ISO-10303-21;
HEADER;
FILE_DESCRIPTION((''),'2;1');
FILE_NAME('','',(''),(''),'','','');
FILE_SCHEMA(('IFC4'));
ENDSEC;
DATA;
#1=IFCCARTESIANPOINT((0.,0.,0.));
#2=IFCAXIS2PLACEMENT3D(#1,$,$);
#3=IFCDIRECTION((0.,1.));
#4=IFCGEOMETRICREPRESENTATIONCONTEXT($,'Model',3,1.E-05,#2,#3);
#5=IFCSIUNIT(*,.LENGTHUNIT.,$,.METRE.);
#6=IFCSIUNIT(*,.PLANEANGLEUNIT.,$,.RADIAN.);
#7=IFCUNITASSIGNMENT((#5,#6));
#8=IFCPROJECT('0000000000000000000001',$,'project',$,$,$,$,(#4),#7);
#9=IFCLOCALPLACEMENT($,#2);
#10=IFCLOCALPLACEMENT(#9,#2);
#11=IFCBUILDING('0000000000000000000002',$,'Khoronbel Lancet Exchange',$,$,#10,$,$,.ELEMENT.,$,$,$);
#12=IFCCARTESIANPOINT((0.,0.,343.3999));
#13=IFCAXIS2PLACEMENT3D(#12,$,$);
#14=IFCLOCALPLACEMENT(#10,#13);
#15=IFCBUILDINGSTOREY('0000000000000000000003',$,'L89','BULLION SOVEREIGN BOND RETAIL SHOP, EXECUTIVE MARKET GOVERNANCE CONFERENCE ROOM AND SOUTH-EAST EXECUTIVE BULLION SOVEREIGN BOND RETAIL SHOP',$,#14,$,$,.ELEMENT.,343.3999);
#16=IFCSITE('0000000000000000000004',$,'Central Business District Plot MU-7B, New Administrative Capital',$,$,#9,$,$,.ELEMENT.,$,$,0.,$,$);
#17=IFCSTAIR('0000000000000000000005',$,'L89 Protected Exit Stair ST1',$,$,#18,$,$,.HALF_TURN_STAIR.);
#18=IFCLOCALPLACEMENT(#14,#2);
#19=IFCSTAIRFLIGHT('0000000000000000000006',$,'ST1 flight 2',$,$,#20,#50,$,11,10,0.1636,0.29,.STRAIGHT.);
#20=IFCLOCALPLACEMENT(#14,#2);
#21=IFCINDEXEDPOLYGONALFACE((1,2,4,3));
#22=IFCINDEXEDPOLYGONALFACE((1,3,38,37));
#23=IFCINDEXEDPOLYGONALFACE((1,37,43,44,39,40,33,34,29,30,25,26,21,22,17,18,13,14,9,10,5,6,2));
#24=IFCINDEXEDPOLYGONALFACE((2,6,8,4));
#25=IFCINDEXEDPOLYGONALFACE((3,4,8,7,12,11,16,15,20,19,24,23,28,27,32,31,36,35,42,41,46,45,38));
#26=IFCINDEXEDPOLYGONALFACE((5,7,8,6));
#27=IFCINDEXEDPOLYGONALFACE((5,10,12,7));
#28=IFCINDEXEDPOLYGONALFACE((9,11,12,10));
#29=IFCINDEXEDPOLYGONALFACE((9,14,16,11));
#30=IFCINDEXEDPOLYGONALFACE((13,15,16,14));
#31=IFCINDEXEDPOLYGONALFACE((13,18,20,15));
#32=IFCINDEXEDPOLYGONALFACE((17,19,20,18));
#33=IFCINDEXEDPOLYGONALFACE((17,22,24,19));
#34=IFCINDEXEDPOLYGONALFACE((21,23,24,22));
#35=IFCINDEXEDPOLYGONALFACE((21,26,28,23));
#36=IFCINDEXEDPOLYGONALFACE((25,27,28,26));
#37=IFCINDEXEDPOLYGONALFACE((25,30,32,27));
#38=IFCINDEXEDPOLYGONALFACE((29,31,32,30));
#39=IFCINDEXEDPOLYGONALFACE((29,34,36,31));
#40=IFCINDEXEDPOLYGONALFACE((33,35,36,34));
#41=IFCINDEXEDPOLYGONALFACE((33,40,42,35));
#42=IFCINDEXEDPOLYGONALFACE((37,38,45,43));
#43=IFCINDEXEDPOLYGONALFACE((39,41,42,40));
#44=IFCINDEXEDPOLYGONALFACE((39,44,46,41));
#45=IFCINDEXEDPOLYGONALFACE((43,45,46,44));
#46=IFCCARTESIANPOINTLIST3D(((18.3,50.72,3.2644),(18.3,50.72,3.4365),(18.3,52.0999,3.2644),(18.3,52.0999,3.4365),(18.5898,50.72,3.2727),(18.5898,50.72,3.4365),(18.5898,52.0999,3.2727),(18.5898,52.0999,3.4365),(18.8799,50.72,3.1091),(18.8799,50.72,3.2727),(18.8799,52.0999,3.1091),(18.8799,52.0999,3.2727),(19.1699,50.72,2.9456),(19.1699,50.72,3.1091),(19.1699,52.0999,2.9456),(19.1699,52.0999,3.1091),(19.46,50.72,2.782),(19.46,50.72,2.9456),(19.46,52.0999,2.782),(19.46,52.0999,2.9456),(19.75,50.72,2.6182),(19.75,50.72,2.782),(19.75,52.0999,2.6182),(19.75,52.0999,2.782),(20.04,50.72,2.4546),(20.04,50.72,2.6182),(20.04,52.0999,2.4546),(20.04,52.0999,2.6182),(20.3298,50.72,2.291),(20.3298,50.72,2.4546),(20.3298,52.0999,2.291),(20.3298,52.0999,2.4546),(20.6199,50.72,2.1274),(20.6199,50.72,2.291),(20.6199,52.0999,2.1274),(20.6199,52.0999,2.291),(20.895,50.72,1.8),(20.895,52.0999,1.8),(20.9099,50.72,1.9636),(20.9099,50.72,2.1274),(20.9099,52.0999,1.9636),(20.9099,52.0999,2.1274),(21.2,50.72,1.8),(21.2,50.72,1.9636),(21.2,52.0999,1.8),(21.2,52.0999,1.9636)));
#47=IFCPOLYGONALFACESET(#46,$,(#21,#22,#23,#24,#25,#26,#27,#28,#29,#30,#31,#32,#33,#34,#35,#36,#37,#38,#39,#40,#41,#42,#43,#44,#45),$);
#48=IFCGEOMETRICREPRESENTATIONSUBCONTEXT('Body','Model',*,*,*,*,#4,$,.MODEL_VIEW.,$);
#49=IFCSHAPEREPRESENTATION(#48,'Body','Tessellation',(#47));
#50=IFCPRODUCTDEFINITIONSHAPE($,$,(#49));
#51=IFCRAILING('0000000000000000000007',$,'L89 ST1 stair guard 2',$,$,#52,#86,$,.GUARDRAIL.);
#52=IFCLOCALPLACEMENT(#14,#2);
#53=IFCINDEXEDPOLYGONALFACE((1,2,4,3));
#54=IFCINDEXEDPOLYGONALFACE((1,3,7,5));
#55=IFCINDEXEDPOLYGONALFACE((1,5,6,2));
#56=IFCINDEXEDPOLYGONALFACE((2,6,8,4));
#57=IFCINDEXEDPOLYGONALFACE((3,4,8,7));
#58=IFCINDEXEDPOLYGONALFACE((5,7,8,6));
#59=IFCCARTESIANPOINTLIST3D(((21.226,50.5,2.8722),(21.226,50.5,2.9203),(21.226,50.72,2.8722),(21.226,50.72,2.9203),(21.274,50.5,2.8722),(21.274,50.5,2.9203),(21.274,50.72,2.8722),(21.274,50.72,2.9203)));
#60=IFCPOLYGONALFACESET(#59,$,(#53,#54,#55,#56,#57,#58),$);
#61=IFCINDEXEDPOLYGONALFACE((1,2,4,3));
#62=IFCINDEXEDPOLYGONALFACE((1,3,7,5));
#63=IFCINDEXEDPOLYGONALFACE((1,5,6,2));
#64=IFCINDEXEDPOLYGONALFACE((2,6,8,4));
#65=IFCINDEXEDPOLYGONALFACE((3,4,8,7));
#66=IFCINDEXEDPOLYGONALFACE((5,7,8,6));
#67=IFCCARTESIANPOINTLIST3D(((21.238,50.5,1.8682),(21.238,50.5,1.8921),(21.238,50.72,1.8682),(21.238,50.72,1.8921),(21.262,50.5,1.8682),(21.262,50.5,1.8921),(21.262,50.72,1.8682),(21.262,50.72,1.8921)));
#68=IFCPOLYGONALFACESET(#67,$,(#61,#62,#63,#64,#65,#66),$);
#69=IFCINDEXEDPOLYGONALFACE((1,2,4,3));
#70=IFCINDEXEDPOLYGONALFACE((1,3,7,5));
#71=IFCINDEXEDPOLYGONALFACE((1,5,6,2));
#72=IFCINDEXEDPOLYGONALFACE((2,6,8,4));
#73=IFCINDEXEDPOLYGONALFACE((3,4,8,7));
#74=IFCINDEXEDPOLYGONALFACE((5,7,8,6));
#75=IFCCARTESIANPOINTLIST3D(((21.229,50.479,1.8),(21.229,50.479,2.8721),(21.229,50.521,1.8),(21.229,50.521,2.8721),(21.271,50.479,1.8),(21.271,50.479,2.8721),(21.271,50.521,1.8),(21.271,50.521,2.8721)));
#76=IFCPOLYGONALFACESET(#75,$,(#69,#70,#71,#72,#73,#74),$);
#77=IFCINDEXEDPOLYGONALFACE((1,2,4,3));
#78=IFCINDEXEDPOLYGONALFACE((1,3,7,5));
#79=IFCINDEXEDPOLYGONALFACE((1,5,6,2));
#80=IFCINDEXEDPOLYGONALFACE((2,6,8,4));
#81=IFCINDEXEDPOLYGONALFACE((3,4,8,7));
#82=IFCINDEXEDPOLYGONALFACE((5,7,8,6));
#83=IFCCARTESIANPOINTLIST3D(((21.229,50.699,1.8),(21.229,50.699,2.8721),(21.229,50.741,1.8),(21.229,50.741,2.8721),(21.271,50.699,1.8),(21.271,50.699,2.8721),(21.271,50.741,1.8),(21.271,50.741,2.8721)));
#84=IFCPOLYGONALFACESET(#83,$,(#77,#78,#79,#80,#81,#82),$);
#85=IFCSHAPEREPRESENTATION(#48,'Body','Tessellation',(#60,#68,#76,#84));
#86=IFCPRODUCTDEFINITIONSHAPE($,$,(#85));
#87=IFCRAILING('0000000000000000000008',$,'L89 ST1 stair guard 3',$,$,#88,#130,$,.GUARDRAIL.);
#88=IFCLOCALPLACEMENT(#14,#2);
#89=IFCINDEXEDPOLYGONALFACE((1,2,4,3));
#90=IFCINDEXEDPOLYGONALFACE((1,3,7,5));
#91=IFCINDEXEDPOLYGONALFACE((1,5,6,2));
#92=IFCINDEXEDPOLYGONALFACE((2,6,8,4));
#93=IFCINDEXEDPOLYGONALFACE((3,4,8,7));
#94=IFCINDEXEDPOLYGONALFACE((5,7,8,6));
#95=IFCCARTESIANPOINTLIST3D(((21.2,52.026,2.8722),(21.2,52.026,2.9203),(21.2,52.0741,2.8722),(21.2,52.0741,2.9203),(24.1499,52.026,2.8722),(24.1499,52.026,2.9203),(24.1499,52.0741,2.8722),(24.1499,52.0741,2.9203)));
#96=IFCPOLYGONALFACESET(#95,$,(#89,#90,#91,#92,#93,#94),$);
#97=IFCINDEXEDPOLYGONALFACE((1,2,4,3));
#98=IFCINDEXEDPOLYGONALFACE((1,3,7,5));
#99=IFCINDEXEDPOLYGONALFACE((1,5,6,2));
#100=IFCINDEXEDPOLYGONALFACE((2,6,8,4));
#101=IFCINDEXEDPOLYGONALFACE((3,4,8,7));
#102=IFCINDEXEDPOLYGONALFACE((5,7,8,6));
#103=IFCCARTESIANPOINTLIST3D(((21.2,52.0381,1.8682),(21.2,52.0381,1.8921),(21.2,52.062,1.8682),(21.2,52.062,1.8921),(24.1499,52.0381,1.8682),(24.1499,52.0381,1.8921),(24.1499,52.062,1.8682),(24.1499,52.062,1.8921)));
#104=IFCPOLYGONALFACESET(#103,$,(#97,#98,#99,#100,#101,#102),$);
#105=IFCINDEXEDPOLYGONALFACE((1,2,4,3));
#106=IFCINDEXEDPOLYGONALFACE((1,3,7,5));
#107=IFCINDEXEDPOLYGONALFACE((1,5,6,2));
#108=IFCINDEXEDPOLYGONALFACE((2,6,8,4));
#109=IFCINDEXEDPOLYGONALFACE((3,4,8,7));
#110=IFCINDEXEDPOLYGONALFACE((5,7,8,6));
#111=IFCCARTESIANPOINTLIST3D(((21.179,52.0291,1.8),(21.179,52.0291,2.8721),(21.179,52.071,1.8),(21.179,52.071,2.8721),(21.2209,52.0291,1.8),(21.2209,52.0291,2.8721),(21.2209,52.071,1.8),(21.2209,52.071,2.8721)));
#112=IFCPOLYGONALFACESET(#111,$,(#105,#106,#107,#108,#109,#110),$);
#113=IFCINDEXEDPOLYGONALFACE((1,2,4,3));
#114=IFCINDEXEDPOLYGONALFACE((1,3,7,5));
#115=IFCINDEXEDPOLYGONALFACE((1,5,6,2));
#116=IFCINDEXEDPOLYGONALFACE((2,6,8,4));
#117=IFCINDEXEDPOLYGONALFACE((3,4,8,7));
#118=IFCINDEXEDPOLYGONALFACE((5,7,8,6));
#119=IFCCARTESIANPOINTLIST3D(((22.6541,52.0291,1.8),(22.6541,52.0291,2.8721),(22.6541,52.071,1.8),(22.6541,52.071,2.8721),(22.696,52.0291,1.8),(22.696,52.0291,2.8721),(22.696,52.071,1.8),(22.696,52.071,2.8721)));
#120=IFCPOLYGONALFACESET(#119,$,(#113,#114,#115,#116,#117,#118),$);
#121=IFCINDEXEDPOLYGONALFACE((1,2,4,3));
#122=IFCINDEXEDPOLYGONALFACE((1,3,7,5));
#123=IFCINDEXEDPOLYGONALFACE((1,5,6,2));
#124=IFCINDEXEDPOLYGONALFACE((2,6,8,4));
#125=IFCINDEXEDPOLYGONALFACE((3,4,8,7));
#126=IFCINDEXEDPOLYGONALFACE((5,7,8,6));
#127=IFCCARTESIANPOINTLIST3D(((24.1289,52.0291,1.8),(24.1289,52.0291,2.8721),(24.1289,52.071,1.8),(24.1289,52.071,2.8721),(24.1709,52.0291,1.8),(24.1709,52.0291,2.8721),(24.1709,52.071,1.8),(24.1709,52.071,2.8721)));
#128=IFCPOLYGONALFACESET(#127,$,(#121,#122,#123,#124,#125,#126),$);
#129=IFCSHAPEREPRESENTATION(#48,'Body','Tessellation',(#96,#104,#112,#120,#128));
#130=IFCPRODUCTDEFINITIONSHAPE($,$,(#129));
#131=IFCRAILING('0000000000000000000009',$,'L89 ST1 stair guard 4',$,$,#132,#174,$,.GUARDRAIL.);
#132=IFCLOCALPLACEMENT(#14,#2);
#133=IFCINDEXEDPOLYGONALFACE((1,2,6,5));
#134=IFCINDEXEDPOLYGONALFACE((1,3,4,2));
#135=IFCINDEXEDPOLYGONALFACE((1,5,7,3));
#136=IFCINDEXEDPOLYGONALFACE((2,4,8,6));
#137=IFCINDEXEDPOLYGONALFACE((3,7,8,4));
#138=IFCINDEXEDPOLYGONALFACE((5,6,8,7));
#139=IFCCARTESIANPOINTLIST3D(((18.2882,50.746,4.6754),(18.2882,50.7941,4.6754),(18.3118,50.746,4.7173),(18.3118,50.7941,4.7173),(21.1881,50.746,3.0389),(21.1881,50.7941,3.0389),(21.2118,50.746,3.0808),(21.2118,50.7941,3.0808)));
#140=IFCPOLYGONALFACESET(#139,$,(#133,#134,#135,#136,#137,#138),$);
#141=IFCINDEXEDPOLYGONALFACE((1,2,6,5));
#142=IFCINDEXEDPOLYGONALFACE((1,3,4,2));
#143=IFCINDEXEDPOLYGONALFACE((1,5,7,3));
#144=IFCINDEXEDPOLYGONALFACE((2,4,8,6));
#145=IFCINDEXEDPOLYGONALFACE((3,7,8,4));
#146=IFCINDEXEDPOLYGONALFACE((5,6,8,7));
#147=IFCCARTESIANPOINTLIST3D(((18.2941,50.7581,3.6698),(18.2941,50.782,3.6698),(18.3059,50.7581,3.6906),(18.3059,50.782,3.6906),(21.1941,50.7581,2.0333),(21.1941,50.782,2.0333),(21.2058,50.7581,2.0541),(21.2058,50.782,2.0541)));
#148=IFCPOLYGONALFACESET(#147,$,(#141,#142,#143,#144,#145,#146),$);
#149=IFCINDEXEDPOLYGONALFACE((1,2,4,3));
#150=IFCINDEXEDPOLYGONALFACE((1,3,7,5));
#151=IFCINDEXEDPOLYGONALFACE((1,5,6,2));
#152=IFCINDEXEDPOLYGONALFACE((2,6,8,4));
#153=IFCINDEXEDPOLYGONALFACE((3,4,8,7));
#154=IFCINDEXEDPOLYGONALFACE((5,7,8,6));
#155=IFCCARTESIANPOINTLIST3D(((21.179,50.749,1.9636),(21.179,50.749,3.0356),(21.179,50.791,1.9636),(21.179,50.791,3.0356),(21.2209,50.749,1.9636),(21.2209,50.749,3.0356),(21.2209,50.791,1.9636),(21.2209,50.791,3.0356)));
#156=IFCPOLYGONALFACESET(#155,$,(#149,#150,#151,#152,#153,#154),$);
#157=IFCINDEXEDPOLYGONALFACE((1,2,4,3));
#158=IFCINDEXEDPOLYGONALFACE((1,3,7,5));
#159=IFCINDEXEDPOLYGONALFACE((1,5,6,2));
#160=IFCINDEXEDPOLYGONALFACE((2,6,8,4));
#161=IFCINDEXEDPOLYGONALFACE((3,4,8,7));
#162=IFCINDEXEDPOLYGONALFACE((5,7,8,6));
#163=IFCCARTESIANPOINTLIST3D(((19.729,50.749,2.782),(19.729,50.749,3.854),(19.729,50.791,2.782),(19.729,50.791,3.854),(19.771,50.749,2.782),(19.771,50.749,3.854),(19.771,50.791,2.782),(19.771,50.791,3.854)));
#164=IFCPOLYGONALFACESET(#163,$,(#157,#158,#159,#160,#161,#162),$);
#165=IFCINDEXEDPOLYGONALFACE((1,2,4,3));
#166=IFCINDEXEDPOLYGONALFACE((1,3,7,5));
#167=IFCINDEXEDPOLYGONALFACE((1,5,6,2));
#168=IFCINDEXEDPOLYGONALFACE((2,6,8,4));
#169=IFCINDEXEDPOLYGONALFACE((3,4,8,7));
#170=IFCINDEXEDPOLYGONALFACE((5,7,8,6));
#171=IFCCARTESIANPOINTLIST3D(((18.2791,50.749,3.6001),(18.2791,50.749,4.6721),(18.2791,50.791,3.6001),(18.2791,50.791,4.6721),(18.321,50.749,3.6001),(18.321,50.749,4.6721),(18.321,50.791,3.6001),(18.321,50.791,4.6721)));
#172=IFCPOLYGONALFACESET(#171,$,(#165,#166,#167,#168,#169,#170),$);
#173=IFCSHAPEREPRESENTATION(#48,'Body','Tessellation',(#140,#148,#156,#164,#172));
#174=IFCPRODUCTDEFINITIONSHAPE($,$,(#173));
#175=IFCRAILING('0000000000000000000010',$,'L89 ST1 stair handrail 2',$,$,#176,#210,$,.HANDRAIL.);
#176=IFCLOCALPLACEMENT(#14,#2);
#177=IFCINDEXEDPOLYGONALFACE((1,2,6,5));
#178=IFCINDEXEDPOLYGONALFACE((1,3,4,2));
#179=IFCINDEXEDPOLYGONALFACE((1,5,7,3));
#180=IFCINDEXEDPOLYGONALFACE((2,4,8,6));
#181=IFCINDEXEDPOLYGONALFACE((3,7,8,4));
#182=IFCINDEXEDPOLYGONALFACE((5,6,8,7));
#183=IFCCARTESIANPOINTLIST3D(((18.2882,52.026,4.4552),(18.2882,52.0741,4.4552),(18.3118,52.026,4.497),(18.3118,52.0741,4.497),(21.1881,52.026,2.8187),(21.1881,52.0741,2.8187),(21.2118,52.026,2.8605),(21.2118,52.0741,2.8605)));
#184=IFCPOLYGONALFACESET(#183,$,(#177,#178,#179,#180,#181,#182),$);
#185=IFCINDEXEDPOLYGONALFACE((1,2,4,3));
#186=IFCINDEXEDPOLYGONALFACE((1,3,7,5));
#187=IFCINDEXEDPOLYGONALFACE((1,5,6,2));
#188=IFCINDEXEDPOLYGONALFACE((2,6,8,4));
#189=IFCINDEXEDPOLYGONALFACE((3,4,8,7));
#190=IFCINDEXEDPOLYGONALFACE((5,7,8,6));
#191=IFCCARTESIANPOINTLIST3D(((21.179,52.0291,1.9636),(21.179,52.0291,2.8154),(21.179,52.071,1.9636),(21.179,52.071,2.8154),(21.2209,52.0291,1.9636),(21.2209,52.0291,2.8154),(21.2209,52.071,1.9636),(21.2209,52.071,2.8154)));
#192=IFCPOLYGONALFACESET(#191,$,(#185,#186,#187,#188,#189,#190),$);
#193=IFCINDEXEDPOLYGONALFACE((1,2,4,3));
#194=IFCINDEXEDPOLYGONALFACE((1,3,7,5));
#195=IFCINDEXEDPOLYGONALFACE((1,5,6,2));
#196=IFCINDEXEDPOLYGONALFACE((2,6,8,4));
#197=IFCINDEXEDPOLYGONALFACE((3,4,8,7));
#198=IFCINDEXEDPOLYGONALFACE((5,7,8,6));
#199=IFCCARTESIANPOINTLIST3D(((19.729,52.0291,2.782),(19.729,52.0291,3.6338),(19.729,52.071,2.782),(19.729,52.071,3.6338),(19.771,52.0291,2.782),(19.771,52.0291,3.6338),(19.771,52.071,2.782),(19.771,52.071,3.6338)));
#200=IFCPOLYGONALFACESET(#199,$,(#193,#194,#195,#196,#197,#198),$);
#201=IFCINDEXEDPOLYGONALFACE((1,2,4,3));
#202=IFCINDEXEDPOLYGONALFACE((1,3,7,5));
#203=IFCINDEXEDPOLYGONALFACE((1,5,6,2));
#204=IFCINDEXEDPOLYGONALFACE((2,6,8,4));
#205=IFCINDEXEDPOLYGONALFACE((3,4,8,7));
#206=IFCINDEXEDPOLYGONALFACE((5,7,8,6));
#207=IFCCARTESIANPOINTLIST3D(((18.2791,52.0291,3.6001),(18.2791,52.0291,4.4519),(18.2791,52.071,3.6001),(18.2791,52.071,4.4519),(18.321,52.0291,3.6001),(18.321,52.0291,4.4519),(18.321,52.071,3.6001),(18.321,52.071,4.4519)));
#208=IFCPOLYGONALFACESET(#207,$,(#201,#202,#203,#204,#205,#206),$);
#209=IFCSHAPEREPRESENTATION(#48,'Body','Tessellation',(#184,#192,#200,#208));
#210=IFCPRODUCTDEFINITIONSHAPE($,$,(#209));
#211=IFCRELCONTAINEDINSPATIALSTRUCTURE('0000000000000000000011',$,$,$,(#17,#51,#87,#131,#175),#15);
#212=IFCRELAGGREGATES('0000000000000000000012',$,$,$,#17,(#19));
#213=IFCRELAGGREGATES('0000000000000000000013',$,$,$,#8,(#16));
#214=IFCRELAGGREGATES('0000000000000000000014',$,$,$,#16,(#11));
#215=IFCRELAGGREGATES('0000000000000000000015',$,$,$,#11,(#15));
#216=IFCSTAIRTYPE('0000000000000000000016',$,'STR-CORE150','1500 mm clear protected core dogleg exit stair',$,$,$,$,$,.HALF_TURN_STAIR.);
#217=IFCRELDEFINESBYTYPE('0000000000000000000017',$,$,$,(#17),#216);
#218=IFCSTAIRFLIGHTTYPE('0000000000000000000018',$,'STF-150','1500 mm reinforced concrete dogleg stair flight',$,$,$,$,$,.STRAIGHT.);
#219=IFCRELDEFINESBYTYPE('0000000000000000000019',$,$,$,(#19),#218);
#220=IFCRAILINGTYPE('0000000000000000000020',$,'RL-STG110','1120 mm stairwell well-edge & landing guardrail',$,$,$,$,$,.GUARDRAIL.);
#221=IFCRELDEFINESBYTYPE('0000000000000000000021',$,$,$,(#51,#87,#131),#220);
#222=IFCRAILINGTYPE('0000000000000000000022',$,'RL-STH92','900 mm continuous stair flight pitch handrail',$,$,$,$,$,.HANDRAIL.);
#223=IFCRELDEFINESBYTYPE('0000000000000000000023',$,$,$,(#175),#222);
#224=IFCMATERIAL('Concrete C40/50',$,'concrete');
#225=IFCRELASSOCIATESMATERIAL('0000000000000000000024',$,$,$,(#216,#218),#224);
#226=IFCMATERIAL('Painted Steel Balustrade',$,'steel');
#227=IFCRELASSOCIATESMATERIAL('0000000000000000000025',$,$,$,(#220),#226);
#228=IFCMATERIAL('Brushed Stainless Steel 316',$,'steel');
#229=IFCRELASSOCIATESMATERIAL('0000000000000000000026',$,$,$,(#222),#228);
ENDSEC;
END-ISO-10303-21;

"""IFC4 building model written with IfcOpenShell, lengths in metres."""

from ifc_helpers import new_model, si_unit, direction, frame, origin, origin_2d, place, context, subcontext, project, spatial, polyline, rectangle, outline, extrude, material, type_object, element, aggregate, save


model = new_model("IFC4")

# Units and contexts
model_context = context("Model", 3, precision=1e-05, world=origin(), true_north=direction((0.0, 1.0)))
body_context = subcontext(model_context, "Body", "Model", "MODEL_VIEW")
ifc_project = project(units=[si_unit("LENGTHUNIT", "METRE"), si_unit("PLANEANGLEUNIT", "RADIAN")], contexts=[model_context])

# Site, building, storey
site_placement = place(None, origin())
site = spatial("IfcSite", under=ifc_project, at=site_placement, Name="Central Business District Plot MU-7B, New Administrative Capital", CompositionType="ELEMENT", RefElevation=0.0)
building_placement = place(site_placement, origin())
building = spatial("IfcBuilding", under=site, at=building_placement, Name="Khoronbel Lancet Exchange", CompositionType="ELEMENT")
storey_placement = place(building_placement, frame((0.0, 0.0, 343.3999)))
storey = spatial("IfcBuildingStorey", under=building, at=storey_placement, Name="L89", Description="BULLION SOVEREIGN BOND RETAIL SHOP, EXECUTIVE MARKET GOVERNANCE CONFERENCE ROOM AND SOUTH-EAST EXECUTIVE BULLION SOVEREIGN BOND RETAIL SHOP", CompositionType="ELEMENT", Elevation=343.3999)

# Stair, stair flight
ifc_material_1 = material(Name="Concrete C40/50", Category="concrete")
stair_type = type_object("IfcStairType", Name="STR-CORE150", Description="1500 mm clear protected core dogleg exit stair", PredefinedType="HALF_TURN_STAIR", material=ifc_material_1)
stair_placement = place(storey_placement, origin())
stair = element("IfcStair", 1, at=stair_placement, inside=storey, type_object=stair_type, Name="L89 Protected Exit Stair ST1", PredefinedType="HALF_TURN_STAIR")
stair_flight_type = type_object("IfcStairFlightType", Name="STF-150", Description="1500 mm reinforced concrete dogleg stair flight", PredefinedType="STRAIGHT", material=ifc_material_1)
stair_flight_placement = place(storey_placement, frame((21.2, 51.4099, 1.8), z_axis=(0.0, 0.0, 1.0), x_axis=(-1.0, 0.0, 0.0)))
stair_flight = element("IfcStairFlight", 2, at=stair_flight_placement, type_object=stair_flight_type, Name="ST1 flight 2", NumberOfRisers=11, NumberOfTreads=10, PredefinedType="STRAIGHT", RiserHeight=0.1636, TreadLength=0.29, context=body_context, shape_type="SweptSolid", body=[
    extrude(outline(polyline([(0.0, 0.0), (0.0, 0.1636), (0.29, 0.1636), (0.29, 0.3274), (0.5801, 0.3274), (0.5801, 0.491), (0.8701, 0.491), (0.8701, 0.6545), (1.1599, 0.6545), (1.1599, 0.8181), (1.45, 0.8181), (1.45, 0.9819), (1.74, 0.9819), (1.74, 1.1455), (2.03, 1.1455), (2.03, 1.3091), (2.3201, 1.3091), (2.3201, 1.4727), (2.6101, 1.4727), (2.6101, 1.6365), (2.8999, 1.6365), (2.8999, 1.8), (2.8999, 1.4644), (0.3049, 0.0), (0.0, 0.0)])), frame((0.0, 0.6899, 0.0), z_axis=(0.0, -1.0, 0.0), x_axis=(1.0, 0.0, 0.0)), (0.0, 0.0, 1.0), 1.3799),
])
aggregate(stair, [stair_flight])

# Railings
ifc_material_2 = material(Name="Painted Steel Balustrade", Category="steel")
railing_type_1 = type_object("IfcRailingType", Name="RL-STG110", Description="1120 mm stairwell well-edge & landing guardrail", PredefinedType="GUARDRAIL", material=ifc_material_2)
railing_1_placement = place(storey_placement, frame((21.25, 50.5, 1.8)))
element("IfcRailing", 3, at=railing_1_placement, inside=storey, type_object=railing_type_1, Name="L89 ST1 stair guard 2", PredefinedType="GUARDRAIL", context=body_context, shape_type="SweptSolid", body=[
    extrude(rectangle(XDim=0.0481, YDim=0.0481, at=origin_2d()), frame((0.0, 0.0, 1.0962), z_axis=(0.0, 1.0, 0.0), x_axis=(-1.0, 0.0, 0.0)), (0.0, 0.0, 1.0), 0.22),
    extrude(rectangle(XDim=0.0239, YDim=0.0239, at=origin_2d()), frame((0.0, 0.0, 0.0801), z_axis=(0.0, 1.0, 0.0), x_axis=(-1.0, 0.0, 0.0)), (0.0, 0.0, 1.0), 0.22),
    extrude(rectangle(XDim=0.042, YDim=0.042, at=origin_2d()), origin(), (0.0, 0.0, 1.0), 1.072),
    extrude(rectangle(XDim=0.042, YDim=0.042, at=origin_2d()), frame((0.0, 0.22, 0.0)), (0.0, 0.0, 1.0), 1.072),
])
railing_2_placement = place(storey_placement, frame((21.2, 52.05, 1.8)))
element("IfcRailing", 4, at=railing_2_placement, inside=storey, type_object=railing_type_1, Name="L89 ST1 stair guard 3", PredefinedType="GUARDRAIL", context=body_context, shape_type="SweptSolid", body=[
    extrude(rectangle(XDim=0.0481, YDim=0.0481, at=origin_2d()), frame((0.0, 0.0, 1.0962), z_axis=(1.0, 0.0, 0.0), x_axis=(0.0, 1.0, 0.0)), (0.0, 0.0, 1.0), 2.95),
    extrude(rectangle(XDim=0.0239, YDim=0.0239, at=origin_2d()), frame((0.0, 0.0, 0.0801), z_axis=(1.0, 0.0, 0.0), x_axis=(0.0, 1.0, 0.0)), (0.0, 0.0, 1.0), 2.95),
    extrude(rectangle(XDim=0.042, YDim=0.042, at=origin_2d()), origin(), (0.0, 0.0, 1.0), 1.072),
    extrude(rectangle(XDim=0.042, YDim=0.042, at=origin_2d()), frame((1.4751, 0.0, 0.0)), (0.0, 0.0, 1.0), 1.072),
    extrude(rectangle(XDim=0.042, YDim=0.042, at=origin_2d()), frame((2.95, 0.0, 0.0)), (0.0, 0.0, 1.0), 1.072),
])
railing_3_placement = place(storey_placement, frame((21.2, 50.77, 1.9636)))
element("IfcRailing", 5, at=railing_3_placement, inside=storey, type_object=railing_type_1, Name="L89 ST1 stair guard 4", PredefinedType="GUARDRAIL", context=body_context, shape_type="SweptSolid", body=[
    extrude(rectangle(XDim=0.0481, YDim=0.0481, at=origin_2d()), frame((0.0, 0.0, 1.0962), z_axis=(-0.870897, 0.0, 0.491465), x_axis=(0.0, -1.0, 0.0)), (0.0, 0.0, 1.0), 3.3298),
    extrude(rectangle(XDim=0.0239, YDim=0.0239, at=origin_2d()), frame((0.0, 0.0, 0.0801), z_axis=(-0.870897, 0.0, 0.491465), x_axis=(0.0, -1.0, 0.0)), (0.0, 0.0, 1.0), 3.3298),
    extrude(rectangle(XDim=0.042, YDim=0.042, at=origin_2d()), origin(), (0.0, 0.0, 1.0), 1.072),
    extrude(rectangle(XDim=0.042, YDim=0.042, at=origin_2d()), frame((-1.45, 0.0, 0.8184)), (0.0, 0.0, 1.0), 1.072),
    extrude(rectangle(XDim=0.042, YDim=0.042, at=origin_2d()), frame((-2.8999, 0.0, 1.6365)), (0.0, 0.0, 1.0), 1.072),
])
ifc_material_3 = material(Name="Brushed Stainless Steel 316", Category="steel")
railing_type_2 = type_object("IfcRailingType", Name="RL-STH92", Description="900 mm continuous stair flight pitch handrail", PredefinedType="HANDRAIL", material=ifc_material_3)
railing_4_placement = place(storey_placement, frame((21.2, 52.05, 1.9636)))
element("IfcRailing", 6, at=railing_4_placement, inside=storey, type_object=railing_type_2, Name="L89 ST1 stair handrail 2", PredefinedType="HANDRAIL", context=body_context, shape_type="SweptSolid", body=[
    extrude(rectangle(XDim=0.0481, YDim=0.0481, at=origin_2d()), frame((0.0, 0.0, 0.876), z_axis=(-0.870897, 0.0, 0.491465), x_axis=(0.0, -1.0, 0.0)), (0.0, 0.0, 1.0), 3.3298),
    extrude(rectangle(XDim=0.042, YDim=0.042, at=origin_2d()), origin(), (0.0, 0.0, 1.0), 0.8518),
    extrude(rectangle(XDim=0.042, YDim=0.042, at=origin_2d()), frame((-1.45, 0.0, 0.8184)), (0.0, 0.0, 1.0), 0.8518),
    extrude(rectangle(XDim=0.042, YDim=0.042, at=origin_2d()), frame((-2.8999, 0.0, 1.6365)), (0.0, 0.0, 1.0), 0.8518),
])

save(model, "model.ifc")
